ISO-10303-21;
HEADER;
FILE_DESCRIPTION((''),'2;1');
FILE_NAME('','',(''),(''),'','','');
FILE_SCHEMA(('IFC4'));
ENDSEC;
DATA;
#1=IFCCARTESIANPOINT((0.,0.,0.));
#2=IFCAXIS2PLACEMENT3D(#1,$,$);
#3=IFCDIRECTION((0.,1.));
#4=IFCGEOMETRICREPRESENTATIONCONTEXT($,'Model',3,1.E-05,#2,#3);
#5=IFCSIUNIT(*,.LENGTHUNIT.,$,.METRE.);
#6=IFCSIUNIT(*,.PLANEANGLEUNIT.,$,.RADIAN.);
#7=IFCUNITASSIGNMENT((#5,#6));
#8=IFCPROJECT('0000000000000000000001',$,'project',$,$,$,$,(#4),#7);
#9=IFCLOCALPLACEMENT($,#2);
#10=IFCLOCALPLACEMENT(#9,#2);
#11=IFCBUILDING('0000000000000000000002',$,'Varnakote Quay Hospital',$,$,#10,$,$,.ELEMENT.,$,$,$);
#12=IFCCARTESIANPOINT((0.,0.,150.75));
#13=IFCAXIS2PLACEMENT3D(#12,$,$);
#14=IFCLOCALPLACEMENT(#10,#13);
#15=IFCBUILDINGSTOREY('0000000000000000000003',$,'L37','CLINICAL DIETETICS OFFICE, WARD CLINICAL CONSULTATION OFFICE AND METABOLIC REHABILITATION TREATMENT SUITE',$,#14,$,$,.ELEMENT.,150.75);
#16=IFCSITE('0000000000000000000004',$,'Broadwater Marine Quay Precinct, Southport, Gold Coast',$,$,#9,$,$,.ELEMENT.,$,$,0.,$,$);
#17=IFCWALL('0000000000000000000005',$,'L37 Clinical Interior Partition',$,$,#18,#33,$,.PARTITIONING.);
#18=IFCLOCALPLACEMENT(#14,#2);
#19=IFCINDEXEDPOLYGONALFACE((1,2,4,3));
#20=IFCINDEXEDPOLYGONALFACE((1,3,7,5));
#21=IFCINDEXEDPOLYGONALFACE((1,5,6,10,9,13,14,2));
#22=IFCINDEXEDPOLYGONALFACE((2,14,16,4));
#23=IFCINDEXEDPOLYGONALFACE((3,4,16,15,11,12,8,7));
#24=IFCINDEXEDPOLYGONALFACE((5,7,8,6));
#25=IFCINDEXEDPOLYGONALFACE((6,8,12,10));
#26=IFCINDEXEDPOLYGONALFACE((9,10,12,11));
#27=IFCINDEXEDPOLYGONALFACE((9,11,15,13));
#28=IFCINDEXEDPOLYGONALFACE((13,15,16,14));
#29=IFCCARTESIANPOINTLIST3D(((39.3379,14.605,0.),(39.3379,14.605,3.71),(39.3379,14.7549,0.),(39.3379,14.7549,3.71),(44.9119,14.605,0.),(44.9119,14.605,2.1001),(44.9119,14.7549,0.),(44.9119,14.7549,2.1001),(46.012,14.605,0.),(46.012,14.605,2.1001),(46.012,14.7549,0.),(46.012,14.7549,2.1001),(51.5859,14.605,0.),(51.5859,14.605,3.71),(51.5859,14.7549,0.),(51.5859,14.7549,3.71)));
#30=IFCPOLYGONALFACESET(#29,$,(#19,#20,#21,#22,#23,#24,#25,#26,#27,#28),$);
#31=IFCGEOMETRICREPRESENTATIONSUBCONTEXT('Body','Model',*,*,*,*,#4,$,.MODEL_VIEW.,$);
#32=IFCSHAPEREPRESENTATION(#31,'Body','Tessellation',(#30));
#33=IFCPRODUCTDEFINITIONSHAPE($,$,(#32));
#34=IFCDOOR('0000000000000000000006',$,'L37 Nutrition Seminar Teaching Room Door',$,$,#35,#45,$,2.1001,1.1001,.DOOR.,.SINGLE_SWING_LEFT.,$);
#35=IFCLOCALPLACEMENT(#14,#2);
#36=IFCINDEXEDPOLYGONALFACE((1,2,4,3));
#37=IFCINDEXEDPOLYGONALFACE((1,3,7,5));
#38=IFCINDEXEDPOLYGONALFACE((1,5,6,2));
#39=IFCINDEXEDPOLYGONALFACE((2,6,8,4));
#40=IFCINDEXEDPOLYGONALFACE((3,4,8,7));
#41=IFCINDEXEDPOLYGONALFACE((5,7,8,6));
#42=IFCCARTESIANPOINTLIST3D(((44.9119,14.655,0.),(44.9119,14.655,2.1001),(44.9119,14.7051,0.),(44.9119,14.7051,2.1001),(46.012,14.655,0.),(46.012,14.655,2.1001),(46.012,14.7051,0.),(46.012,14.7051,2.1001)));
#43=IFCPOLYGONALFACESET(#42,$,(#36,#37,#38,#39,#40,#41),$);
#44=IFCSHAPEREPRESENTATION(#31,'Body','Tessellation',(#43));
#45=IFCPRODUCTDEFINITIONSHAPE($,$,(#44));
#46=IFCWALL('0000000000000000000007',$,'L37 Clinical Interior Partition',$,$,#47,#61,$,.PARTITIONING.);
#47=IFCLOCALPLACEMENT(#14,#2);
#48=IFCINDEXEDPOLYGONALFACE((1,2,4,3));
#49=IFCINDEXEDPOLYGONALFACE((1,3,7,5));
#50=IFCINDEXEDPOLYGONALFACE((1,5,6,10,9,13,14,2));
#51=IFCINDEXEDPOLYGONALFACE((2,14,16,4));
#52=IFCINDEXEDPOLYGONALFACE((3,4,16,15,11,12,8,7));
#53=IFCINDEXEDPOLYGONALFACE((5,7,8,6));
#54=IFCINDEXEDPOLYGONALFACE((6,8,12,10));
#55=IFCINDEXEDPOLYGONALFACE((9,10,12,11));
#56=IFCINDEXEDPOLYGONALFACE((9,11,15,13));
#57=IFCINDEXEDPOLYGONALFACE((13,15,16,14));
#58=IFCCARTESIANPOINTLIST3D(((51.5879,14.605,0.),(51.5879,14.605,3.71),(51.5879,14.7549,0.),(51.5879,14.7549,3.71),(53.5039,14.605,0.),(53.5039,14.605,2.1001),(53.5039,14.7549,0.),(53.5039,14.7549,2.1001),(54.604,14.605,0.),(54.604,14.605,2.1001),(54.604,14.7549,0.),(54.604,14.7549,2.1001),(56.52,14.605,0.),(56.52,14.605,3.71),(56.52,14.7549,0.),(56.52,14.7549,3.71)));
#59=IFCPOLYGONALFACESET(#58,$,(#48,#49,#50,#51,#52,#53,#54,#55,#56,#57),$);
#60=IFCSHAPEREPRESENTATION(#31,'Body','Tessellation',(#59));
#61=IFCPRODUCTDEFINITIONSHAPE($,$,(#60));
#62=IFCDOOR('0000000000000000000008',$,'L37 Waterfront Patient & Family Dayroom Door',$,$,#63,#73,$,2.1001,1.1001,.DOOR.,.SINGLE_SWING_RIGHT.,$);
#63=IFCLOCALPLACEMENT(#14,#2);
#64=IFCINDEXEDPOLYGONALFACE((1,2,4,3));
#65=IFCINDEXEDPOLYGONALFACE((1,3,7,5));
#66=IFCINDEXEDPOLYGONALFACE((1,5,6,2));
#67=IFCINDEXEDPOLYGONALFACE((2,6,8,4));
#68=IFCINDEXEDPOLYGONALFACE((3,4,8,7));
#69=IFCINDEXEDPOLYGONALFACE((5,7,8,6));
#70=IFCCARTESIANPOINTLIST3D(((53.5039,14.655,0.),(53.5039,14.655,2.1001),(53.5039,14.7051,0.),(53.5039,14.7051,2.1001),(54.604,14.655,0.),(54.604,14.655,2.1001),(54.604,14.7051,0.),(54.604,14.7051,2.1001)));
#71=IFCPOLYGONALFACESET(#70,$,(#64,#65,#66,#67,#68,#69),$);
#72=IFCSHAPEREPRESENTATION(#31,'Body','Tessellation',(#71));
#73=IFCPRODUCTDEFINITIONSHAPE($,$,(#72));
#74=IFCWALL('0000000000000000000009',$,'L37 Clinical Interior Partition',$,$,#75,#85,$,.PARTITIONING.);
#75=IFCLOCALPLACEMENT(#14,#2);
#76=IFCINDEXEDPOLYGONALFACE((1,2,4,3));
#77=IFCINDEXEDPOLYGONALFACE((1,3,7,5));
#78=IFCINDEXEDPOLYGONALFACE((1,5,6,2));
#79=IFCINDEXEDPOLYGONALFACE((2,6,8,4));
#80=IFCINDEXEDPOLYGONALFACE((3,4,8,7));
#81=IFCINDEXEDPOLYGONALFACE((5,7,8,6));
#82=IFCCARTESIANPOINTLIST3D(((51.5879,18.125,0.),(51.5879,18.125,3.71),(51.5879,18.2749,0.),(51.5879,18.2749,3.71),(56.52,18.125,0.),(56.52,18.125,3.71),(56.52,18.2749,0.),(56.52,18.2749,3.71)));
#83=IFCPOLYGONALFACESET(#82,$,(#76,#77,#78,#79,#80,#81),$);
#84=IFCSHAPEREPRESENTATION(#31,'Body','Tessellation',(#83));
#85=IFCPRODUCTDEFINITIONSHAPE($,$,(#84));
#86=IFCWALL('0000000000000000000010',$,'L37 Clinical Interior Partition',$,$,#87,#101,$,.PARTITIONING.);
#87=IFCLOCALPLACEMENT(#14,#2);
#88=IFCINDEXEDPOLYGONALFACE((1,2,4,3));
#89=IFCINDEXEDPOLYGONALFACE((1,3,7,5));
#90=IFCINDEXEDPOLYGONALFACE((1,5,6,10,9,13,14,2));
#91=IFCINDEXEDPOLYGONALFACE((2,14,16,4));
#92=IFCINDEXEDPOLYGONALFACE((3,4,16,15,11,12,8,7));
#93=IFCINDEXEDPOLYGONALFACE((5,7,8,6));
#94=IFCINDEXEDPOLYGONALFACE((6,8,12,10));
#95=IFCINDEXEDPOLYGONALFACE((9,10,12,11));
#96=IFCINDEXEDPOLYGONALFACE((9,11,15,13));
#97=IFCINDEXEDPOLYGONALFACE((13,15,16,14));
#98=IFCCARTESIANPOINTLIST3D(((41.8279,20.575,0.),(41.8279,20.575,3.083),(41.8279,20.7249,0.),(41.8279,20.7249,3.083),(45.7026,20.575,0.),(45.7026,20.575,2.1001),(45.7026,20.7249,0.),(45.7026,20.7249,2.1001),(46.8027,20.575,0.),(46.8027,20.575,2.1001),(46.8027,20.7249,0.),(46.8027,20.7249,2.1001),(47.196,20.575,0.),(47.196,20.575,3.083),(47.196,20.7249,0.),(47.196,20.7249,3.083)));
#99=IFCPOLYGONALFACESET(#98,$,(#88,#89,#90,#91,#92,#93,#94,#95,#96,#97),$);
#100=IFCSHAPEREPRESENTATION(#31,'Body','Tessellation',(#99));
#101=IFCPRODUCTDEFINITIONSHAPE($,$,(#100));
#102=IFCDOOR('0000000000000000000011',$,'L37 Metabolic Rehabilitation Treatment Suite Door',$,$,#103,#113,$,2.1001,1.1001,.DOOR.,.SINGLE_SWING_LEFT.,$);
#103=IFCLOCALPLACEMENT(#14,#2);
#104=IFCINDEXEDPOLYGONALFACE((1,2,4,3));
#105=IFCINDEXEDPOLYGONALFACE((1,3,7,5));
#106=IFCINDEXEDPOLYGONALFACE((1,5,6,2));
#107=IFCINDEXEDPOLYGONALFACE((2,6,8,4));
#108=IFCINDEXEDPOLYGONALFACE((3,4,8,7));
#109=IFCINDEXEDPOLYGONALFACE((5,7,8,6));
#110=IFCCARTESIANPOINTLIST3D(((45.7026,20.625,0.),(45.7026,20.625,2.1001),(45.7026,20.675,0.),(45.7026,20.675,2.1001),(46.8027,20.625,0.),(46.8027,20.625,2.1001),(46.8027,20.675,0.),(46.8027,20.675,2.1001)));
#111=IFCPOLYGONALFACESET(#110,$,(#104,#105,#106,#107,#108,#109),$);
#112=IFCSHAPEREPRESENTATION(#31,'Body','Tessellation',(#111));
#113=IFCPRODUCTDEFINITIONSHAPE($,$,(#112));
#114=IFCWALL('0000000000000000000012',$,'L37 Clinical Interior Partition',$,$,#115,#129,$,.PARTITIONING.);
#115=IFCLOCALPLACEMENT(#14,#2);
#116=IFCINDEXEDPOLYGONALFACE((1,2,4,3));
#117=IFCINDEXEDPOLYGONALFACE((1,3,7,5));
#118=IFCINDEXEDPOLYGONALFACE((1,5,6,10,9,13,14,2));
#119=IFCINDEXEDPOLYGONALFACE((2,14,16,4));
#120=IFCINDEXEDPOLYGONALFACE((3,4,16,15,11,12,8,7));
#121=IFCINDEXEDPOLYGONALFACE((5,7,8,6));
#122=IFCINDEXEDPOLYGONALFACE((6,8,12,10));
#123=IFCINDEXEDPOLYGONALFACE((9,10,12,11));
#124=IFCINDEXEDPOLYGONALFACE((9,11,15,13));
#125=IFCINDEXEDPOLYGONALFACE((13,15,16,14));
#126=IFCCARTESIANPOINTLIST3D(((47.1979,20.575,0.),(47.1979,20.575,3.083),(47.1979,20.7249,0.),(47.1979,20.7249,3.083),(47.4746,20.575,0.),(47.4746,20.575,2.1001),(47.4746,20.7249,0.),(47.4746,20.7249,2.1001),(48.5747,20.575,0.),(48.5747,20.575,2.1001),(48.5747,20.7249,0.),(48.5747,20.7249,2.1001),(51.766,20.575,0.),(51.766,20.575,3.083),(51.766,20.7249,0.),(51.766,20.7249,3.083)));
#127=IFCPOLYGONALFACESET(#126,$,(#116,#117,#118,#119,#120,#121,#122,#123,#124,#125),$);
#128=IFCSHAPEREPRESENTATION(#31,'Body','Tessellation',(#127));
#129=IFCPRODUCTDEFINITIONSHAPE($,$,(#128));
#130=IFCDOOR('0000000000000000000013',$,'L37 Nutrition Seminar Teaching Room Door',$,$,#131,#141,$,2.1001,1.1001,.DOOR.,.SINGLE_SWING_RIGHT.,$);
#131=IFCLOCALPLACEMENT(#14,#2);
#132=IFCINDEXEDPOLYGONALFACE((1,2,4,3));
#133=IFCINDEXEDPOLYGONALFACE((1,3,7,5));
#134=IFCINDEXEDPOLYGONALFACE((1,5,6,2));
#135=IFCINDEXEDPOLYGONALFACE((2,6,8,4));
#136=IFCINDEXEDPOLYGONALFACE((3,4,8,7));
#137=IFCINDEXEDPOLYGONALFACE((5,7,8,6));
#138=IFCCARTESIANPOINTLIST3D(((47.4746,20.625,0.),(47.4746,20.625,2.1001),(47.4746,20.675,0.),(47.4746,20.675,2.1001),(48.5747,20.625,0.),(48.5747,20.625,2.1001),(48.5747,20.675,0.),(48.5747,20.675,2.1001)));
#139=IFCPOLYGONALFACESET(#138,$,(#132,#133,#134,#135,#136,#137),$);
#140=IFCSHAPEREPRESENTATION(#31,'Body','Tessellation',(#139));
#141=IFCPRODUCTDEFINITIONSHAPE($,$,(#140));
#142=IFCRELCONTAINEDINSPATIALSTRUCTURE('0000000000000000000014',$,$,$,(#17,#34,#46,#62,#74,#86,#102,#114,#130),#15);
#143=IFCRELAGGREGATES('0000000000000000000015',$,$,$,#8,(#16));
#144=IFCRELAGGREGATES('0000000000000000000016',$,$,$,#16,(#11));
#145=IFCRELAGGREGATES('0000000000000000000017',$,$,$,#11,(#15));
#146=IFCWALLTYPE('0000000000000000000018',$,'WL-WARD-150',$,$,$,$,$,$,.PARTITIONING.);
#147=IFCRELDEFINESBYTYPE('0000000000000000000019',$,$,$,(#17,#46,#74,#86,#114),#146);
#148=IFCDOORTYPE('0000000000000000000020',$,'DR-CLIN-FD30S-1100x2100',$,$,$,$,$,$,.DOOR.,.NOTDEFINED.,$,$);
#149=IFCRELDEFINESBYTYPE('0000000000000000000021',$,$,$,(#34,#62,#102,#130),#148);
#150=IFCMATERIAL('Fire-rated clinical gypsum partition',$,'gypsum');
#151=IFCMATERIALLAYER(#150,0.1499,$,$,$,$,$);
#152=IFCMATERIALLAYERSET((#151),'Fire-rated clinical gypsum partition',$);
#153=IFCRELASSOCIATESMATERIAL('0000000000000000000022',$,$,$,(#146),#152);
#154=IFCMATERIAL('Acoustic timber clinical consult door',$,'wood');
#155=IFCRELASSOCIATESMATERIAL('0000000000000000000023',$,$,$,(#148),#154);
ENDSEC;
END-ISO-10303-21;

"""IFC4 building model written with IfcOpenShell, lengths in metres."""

from ifc_helpers import new_model, si_unit, direction, frame, frame_2d, origin, place, context, subcontext, project, spatial, rectangle, extrude, material, layer, layer_set, type_object, element, fill, save


model = new_model("IFC4")

# Units and contexts
model_context = context("Model", 3, precision=1e-05, world=origin(), true_north=direction((0.0, 1.0)))
body_context = subcontext(model_context, "Body", "Model", "MODEL_VIEW")
ifc_project = project(units=[si_unit("LENGTHUNIT", "METRE"), si_unit("PLANEANGLEUNIT", "RADIAN")], contexts=[model_context])

# Site, building, storey
site_placement = place(None, origin())
site = spatial("IfcSite", under=ifc_project, at=site_placement, Name="Broadwater Marine Quay Precinct, Southport, Gold Coast", CompositionType="ELEMENT", RefElevation=0.0)
building_placement = place(site_placement, origin())
building = spatial("IfcBuilding", under=site, at=building_placement, Name="Varnakote Quay Hospital", CompositionType="ELEMENT")
storey_placement = place(building_placement, frame((0.0, 0.0, 150.75)))
storey = spatial("IfcBuildingStorey", under=building, at=storey_placement, Name="L37", Description="CLINICAL DIETETICS OFFICE, WARD CLINICAL CONSULTATION OFFICE AND METABOLIC REHABILITATION TREATMENT SUITE", CompositionType="ELEMENT", Elevation=150.75)

# Walls, openings, doors
ifc_material_1 = material(Name="Fire-rated clinical gypsum partition", Category="gypsum")
ifc_layer_1 = layer(ifc_material_1, 0.1499)
ifc_layer_set_1 = layer_set([ifc_layer_1], Name="Fire-rated clinical gypsum partition")
wall_type_1 = type_object("IfcWallType", Name="WL-WARD-150", PredefinedType="PARTITIONING", material=ifc_layer_set_1)
ifc_material_2 = material(Name="Acoustic timber clinical consult door", Category="wood")
door_type_1 = type_object("IfcDoorType", Name="DR-CLIN-FD30S-1100x2100", OperationType="NOTDEFINED", PredefinedType="DOOR", material=ifc_material_2)
wall_1_placement = place(storey_placement, frame((51.5859, 14.6799, 0.0), z_axis=(0.0, 0.0, 1.0), x_axis=(-1.0, 0.0, 0.0)))
wall_1 = element("IfcWall", 1, at=wall_1_placement, inside=storey, type_object=wall_type_1, Name="L37 Clinical Interior Partition", PredefinedType="PARTITIONING", context=body_context, shape_type="SweptSolid", body=[
    extrude(rectangle(XDim=12.248, YDim=0.1499, at=frame_2d((6.124, 0.0))), origin(), (0.0, 0.0, 1.0), 3.71),
])
opening_1_placement = place(wall_1_placement, frame((5.574, 0.0, 0.0)))
opening_1 = element("IfcOpeningElement", 2, at=opening_1_placement, cuts=wall_1, PredefinedType="OPENING", context=body_context, shape_type="SweptSolid", body=[
    extrude(rectangle(XDim=1.1001, YDim=2.1001, at=frame_2d((0.55, 1.05))), frame((0.0, 0.085, 0.0), z_axis=(0.0, -1.0, 0.0), x_axis=(1.0, 0.0, 0.0)), (0.0, 0.0, 1.0), 0.1699),
])
door_1_placement = place(opening_1_placement, origin())
door_1 = element("IfcDoor", 3, at=door_1_placement, inside=storey, type_object=door_type_1, Name="L37 Nutrition Seminar Teaching Room Door", OperationType="SINGLE_SWING_LEFT", OverallHeight=2.1001, OverallWidth=1.1001, PredefinedType="DOOR", context=body_context, shape_type="SweptSolid", body=[
    extrude(rectangle(XDim=1.1001, YDim=2.1001, at=frame_2d((0.55, 1.05))), frame((0.0, 0.0249, 0.0), z_axis=(0.0, -1.0, 0.0), x_axis=(1.0, 0.0, 0.0)), (0.0, 0.0, 1.0), 0.05),
])
fill(opening_1, door_1)
wall_2_placement = place(storey_placement, frame((56.52, 14.6799, 0.0), z_axis=(0.0, 0.0, 1.0), x_axis=(-1.0, 0.0, 0.0)))
wall_2 = element("IfcWall", 4, at=wall_2_placement, inside=storey, type_object=wall_type_1, Name="L37 Clinical Interior Partition", PredefinedType="PARTITIONING", context=body_context, shape_type="SweptSolid", body=[
    extrude(rectangle(XDim=4.9321, YDim=0.1499, at=frame_2d((2.4661, 0.0))), origin(), (0.0, 0.0, 1.0), 3.71),
])
opening_2_placement = place(wall_2_placement, frame((1.916, 0.0, 0.0)))
opening_2 = element("IfcOpeningElement", 5, at=opening_2_placement, cuts=wall_2, PredefinedType="OPENING", context=body_context, shape_type="SweptSolid", body=[
    extrude(rectangle(XDim=1.1001, YDim=2.1001, at=frame_2d((0.55, 1.05))), frame((0.0, 0.085, 0.0), z_axis=(0.0, -1.0, 0.0), x_axis=(1.0, 0.0, 0.0)), (0.0, 0.0, 1.0), 0.1699),
])
door_2_placement = place(opening_2_placement, origin())
door_2 = element("IfcDoor", 6, at=door_2_placement, inside=storey, type_object=door_type_1, Name="L37 Waterfront Patient & Family Dayroom Door", OperationType="SINGLE_SWING_RIGHT", OverallHeight=2.1001, OverallWidth=1.1001, PredefinedType="DOOR", context=body_context, shape_type="SweptSolid", body=[
    extrude(rectangle(XDim=1.1001, YDim=2.1001, at=frame_2d((0.55, 1.05))), frame((0.0, 0.0249, 0.0), z_axis=(0.0, -1.0, 0.0), x_axis=(1.0, 0.0, 0.0)), (0.0, 0.0, 1.0), 0.05),
])
fill(opening_2, door_2)

# Wall
wall_3_placement = place(storey_placement, frame((51.5879, 18.2, 0.0), z_axis=(0.0, 0.0, 1.0), x_axis=(1.0, 0.0, 0.0)))
element("IfcWall", 7, at=wall_3_placement, inside=storey, type_object=wall_type_1, Name="L37 Clinical Interior Partition", PredefinedType="PARTITIONING", context=body_context, shape_type="SweptSolid", body=[
    extrude(rectangle(XDim=4.9321, YDim=0.1499, at=frame_2d((2.4661, 0.0))), origin(), (0.0, 0.0, 1.0), 3.71),
])

# Walls, openings, doors
wall_4_placement = place(storey_placement, frame((47.196, 20.6499, 0.0), z_axis=(0.0, 0.0, 1.0), x_axis=(-1.0, 0.0, 0.0)))
wall_4 = element("IfcWall", 8, at=wall_4_placement, inside=storey, type_object=wall_type_1, Name="L37 Clinical Interior Partition", PredefinedType="PARTITIONING", context=body_context, shape_type="SweptSolid", body=[
    extrude(rectangle(XDim=5.3682, YDim=0.1499, at=frame_2d((2.6841, 0.0))), origin(), (0.0, 0.0, 1.0), 3.083),
])
opening_3_placement = place(wall_4_placement, frame((0.3933, 0.0, 0.0)))
opening_3 = element("IfcOpeningElement", 9, at=opening_3_placement, cuts=wall_4, PredefinedType="OPENING", context=body_context, shape_type="SweptSolid", body=[
    extrude(rectangle(XDim=1.1001, YDim=2.1001, at=frame_2d((0.55, 1.05))), frame((0.0, 0.085, 0.0), z_axis=(0.0, -1.0, 0.0), x_axis=(1.0, 0.0, 0.0)), (0.0, 0.0, 1.0), 0.1699),
])
door_3_placement = place(opening_3_placement, origin())
door_3 = element("IfcDoor", 10, at=door_3_placement, inside=storey, type_object=door_type_1, Name="L37 Metabolic Rehabilitation Treatment Suite Door", OperationType="SINGLE_SWING_LEFT", OverallHeight=2.1001, OverallWidth=1.1001, PredefinedType="DOOR", context=body_context, shape_type="SweptSolid", body=[
    extrude(rectangle(XDim=1.1001, YDim=2.1001, at=frame_2d((0.55, 1.05))), frame((0.0, 0.0249, 0.0), z_axis=(0.0, -1.0, 0.0), x_axis=(1.0, 0.0, 0.0)), (0.0, 0.0, 1.0), 0.05),
])
fill(opening_3, door_3)
wall_5_placement = place(storey_placement, frame((51.7661, 20.6499, 0.0), z_axis=(0.0, 0.0, 1.0), x_axis=(-1.0, 0.0, 0.0)))
wall_5 = element("IfcWall", 11, at=wall_5_placement, inside=storey, type_object=wall_type_1, Name="L37 Clinical Interior Partition", PredefinedType="PARTITIONING", context=body_context, shape_type="SweptSolid", body=[
    extrude(rectangle(XDim=4.5681, YDim=0.1499, at=frame_2d((2.2842, 0.0))), origin(), (0.0, 0.0, 1.0), 3.083),
])
opening_4_placement = place(wall_5_placement, frame((3.1914, 0.0, 0.0)))
opening_4 = element("IfcOpeningElement", 12, at=opening_4_placement, cuts=wall_5, PredefinedType="OPENING", context=body_context, shape_type="SweptSolid", body=[
    extrude(rectangle(XDim=1.1001, YDim=2.1001, at=frame_2d((0.55, 1.05))), frame((0.0, 0.085, 0.0), z_axis=(0.0, -1.0, 0.0), x_axis=(1.0, 0.0, 0.0)), (0.0, 0.0, 1.0), 0.1699),
])
door_4_placement = place(opening_4_placement, origin())
door_4 = element("IfcDoor", 13, at=door_4_placement, inside=storey, type_object=door_type_1, Name="L37 Nutrition Seminar Teaching Room Door", OperationType="SINGLE_SWING_RIGHT", OverallHeight=2.1001, OverallWidth=1.1001, PredefinedType="DOOR", context=body_context, shape_type="SweptSolid", body=[
    extrude(rectangle(XDim=1.1001, YDim=2.1001, at=frame_2d((0.55, 1.05))), frame((0.0, 0.0249, 0.0), z_axis=(0.0, -1.0, 0.0), x_axis=(1.0, 0.0, 0.0)), (0.0, 0.0, 1.0), 0.05),
])
fill(opening_4, door_4)

save(model, "model.ifc")
